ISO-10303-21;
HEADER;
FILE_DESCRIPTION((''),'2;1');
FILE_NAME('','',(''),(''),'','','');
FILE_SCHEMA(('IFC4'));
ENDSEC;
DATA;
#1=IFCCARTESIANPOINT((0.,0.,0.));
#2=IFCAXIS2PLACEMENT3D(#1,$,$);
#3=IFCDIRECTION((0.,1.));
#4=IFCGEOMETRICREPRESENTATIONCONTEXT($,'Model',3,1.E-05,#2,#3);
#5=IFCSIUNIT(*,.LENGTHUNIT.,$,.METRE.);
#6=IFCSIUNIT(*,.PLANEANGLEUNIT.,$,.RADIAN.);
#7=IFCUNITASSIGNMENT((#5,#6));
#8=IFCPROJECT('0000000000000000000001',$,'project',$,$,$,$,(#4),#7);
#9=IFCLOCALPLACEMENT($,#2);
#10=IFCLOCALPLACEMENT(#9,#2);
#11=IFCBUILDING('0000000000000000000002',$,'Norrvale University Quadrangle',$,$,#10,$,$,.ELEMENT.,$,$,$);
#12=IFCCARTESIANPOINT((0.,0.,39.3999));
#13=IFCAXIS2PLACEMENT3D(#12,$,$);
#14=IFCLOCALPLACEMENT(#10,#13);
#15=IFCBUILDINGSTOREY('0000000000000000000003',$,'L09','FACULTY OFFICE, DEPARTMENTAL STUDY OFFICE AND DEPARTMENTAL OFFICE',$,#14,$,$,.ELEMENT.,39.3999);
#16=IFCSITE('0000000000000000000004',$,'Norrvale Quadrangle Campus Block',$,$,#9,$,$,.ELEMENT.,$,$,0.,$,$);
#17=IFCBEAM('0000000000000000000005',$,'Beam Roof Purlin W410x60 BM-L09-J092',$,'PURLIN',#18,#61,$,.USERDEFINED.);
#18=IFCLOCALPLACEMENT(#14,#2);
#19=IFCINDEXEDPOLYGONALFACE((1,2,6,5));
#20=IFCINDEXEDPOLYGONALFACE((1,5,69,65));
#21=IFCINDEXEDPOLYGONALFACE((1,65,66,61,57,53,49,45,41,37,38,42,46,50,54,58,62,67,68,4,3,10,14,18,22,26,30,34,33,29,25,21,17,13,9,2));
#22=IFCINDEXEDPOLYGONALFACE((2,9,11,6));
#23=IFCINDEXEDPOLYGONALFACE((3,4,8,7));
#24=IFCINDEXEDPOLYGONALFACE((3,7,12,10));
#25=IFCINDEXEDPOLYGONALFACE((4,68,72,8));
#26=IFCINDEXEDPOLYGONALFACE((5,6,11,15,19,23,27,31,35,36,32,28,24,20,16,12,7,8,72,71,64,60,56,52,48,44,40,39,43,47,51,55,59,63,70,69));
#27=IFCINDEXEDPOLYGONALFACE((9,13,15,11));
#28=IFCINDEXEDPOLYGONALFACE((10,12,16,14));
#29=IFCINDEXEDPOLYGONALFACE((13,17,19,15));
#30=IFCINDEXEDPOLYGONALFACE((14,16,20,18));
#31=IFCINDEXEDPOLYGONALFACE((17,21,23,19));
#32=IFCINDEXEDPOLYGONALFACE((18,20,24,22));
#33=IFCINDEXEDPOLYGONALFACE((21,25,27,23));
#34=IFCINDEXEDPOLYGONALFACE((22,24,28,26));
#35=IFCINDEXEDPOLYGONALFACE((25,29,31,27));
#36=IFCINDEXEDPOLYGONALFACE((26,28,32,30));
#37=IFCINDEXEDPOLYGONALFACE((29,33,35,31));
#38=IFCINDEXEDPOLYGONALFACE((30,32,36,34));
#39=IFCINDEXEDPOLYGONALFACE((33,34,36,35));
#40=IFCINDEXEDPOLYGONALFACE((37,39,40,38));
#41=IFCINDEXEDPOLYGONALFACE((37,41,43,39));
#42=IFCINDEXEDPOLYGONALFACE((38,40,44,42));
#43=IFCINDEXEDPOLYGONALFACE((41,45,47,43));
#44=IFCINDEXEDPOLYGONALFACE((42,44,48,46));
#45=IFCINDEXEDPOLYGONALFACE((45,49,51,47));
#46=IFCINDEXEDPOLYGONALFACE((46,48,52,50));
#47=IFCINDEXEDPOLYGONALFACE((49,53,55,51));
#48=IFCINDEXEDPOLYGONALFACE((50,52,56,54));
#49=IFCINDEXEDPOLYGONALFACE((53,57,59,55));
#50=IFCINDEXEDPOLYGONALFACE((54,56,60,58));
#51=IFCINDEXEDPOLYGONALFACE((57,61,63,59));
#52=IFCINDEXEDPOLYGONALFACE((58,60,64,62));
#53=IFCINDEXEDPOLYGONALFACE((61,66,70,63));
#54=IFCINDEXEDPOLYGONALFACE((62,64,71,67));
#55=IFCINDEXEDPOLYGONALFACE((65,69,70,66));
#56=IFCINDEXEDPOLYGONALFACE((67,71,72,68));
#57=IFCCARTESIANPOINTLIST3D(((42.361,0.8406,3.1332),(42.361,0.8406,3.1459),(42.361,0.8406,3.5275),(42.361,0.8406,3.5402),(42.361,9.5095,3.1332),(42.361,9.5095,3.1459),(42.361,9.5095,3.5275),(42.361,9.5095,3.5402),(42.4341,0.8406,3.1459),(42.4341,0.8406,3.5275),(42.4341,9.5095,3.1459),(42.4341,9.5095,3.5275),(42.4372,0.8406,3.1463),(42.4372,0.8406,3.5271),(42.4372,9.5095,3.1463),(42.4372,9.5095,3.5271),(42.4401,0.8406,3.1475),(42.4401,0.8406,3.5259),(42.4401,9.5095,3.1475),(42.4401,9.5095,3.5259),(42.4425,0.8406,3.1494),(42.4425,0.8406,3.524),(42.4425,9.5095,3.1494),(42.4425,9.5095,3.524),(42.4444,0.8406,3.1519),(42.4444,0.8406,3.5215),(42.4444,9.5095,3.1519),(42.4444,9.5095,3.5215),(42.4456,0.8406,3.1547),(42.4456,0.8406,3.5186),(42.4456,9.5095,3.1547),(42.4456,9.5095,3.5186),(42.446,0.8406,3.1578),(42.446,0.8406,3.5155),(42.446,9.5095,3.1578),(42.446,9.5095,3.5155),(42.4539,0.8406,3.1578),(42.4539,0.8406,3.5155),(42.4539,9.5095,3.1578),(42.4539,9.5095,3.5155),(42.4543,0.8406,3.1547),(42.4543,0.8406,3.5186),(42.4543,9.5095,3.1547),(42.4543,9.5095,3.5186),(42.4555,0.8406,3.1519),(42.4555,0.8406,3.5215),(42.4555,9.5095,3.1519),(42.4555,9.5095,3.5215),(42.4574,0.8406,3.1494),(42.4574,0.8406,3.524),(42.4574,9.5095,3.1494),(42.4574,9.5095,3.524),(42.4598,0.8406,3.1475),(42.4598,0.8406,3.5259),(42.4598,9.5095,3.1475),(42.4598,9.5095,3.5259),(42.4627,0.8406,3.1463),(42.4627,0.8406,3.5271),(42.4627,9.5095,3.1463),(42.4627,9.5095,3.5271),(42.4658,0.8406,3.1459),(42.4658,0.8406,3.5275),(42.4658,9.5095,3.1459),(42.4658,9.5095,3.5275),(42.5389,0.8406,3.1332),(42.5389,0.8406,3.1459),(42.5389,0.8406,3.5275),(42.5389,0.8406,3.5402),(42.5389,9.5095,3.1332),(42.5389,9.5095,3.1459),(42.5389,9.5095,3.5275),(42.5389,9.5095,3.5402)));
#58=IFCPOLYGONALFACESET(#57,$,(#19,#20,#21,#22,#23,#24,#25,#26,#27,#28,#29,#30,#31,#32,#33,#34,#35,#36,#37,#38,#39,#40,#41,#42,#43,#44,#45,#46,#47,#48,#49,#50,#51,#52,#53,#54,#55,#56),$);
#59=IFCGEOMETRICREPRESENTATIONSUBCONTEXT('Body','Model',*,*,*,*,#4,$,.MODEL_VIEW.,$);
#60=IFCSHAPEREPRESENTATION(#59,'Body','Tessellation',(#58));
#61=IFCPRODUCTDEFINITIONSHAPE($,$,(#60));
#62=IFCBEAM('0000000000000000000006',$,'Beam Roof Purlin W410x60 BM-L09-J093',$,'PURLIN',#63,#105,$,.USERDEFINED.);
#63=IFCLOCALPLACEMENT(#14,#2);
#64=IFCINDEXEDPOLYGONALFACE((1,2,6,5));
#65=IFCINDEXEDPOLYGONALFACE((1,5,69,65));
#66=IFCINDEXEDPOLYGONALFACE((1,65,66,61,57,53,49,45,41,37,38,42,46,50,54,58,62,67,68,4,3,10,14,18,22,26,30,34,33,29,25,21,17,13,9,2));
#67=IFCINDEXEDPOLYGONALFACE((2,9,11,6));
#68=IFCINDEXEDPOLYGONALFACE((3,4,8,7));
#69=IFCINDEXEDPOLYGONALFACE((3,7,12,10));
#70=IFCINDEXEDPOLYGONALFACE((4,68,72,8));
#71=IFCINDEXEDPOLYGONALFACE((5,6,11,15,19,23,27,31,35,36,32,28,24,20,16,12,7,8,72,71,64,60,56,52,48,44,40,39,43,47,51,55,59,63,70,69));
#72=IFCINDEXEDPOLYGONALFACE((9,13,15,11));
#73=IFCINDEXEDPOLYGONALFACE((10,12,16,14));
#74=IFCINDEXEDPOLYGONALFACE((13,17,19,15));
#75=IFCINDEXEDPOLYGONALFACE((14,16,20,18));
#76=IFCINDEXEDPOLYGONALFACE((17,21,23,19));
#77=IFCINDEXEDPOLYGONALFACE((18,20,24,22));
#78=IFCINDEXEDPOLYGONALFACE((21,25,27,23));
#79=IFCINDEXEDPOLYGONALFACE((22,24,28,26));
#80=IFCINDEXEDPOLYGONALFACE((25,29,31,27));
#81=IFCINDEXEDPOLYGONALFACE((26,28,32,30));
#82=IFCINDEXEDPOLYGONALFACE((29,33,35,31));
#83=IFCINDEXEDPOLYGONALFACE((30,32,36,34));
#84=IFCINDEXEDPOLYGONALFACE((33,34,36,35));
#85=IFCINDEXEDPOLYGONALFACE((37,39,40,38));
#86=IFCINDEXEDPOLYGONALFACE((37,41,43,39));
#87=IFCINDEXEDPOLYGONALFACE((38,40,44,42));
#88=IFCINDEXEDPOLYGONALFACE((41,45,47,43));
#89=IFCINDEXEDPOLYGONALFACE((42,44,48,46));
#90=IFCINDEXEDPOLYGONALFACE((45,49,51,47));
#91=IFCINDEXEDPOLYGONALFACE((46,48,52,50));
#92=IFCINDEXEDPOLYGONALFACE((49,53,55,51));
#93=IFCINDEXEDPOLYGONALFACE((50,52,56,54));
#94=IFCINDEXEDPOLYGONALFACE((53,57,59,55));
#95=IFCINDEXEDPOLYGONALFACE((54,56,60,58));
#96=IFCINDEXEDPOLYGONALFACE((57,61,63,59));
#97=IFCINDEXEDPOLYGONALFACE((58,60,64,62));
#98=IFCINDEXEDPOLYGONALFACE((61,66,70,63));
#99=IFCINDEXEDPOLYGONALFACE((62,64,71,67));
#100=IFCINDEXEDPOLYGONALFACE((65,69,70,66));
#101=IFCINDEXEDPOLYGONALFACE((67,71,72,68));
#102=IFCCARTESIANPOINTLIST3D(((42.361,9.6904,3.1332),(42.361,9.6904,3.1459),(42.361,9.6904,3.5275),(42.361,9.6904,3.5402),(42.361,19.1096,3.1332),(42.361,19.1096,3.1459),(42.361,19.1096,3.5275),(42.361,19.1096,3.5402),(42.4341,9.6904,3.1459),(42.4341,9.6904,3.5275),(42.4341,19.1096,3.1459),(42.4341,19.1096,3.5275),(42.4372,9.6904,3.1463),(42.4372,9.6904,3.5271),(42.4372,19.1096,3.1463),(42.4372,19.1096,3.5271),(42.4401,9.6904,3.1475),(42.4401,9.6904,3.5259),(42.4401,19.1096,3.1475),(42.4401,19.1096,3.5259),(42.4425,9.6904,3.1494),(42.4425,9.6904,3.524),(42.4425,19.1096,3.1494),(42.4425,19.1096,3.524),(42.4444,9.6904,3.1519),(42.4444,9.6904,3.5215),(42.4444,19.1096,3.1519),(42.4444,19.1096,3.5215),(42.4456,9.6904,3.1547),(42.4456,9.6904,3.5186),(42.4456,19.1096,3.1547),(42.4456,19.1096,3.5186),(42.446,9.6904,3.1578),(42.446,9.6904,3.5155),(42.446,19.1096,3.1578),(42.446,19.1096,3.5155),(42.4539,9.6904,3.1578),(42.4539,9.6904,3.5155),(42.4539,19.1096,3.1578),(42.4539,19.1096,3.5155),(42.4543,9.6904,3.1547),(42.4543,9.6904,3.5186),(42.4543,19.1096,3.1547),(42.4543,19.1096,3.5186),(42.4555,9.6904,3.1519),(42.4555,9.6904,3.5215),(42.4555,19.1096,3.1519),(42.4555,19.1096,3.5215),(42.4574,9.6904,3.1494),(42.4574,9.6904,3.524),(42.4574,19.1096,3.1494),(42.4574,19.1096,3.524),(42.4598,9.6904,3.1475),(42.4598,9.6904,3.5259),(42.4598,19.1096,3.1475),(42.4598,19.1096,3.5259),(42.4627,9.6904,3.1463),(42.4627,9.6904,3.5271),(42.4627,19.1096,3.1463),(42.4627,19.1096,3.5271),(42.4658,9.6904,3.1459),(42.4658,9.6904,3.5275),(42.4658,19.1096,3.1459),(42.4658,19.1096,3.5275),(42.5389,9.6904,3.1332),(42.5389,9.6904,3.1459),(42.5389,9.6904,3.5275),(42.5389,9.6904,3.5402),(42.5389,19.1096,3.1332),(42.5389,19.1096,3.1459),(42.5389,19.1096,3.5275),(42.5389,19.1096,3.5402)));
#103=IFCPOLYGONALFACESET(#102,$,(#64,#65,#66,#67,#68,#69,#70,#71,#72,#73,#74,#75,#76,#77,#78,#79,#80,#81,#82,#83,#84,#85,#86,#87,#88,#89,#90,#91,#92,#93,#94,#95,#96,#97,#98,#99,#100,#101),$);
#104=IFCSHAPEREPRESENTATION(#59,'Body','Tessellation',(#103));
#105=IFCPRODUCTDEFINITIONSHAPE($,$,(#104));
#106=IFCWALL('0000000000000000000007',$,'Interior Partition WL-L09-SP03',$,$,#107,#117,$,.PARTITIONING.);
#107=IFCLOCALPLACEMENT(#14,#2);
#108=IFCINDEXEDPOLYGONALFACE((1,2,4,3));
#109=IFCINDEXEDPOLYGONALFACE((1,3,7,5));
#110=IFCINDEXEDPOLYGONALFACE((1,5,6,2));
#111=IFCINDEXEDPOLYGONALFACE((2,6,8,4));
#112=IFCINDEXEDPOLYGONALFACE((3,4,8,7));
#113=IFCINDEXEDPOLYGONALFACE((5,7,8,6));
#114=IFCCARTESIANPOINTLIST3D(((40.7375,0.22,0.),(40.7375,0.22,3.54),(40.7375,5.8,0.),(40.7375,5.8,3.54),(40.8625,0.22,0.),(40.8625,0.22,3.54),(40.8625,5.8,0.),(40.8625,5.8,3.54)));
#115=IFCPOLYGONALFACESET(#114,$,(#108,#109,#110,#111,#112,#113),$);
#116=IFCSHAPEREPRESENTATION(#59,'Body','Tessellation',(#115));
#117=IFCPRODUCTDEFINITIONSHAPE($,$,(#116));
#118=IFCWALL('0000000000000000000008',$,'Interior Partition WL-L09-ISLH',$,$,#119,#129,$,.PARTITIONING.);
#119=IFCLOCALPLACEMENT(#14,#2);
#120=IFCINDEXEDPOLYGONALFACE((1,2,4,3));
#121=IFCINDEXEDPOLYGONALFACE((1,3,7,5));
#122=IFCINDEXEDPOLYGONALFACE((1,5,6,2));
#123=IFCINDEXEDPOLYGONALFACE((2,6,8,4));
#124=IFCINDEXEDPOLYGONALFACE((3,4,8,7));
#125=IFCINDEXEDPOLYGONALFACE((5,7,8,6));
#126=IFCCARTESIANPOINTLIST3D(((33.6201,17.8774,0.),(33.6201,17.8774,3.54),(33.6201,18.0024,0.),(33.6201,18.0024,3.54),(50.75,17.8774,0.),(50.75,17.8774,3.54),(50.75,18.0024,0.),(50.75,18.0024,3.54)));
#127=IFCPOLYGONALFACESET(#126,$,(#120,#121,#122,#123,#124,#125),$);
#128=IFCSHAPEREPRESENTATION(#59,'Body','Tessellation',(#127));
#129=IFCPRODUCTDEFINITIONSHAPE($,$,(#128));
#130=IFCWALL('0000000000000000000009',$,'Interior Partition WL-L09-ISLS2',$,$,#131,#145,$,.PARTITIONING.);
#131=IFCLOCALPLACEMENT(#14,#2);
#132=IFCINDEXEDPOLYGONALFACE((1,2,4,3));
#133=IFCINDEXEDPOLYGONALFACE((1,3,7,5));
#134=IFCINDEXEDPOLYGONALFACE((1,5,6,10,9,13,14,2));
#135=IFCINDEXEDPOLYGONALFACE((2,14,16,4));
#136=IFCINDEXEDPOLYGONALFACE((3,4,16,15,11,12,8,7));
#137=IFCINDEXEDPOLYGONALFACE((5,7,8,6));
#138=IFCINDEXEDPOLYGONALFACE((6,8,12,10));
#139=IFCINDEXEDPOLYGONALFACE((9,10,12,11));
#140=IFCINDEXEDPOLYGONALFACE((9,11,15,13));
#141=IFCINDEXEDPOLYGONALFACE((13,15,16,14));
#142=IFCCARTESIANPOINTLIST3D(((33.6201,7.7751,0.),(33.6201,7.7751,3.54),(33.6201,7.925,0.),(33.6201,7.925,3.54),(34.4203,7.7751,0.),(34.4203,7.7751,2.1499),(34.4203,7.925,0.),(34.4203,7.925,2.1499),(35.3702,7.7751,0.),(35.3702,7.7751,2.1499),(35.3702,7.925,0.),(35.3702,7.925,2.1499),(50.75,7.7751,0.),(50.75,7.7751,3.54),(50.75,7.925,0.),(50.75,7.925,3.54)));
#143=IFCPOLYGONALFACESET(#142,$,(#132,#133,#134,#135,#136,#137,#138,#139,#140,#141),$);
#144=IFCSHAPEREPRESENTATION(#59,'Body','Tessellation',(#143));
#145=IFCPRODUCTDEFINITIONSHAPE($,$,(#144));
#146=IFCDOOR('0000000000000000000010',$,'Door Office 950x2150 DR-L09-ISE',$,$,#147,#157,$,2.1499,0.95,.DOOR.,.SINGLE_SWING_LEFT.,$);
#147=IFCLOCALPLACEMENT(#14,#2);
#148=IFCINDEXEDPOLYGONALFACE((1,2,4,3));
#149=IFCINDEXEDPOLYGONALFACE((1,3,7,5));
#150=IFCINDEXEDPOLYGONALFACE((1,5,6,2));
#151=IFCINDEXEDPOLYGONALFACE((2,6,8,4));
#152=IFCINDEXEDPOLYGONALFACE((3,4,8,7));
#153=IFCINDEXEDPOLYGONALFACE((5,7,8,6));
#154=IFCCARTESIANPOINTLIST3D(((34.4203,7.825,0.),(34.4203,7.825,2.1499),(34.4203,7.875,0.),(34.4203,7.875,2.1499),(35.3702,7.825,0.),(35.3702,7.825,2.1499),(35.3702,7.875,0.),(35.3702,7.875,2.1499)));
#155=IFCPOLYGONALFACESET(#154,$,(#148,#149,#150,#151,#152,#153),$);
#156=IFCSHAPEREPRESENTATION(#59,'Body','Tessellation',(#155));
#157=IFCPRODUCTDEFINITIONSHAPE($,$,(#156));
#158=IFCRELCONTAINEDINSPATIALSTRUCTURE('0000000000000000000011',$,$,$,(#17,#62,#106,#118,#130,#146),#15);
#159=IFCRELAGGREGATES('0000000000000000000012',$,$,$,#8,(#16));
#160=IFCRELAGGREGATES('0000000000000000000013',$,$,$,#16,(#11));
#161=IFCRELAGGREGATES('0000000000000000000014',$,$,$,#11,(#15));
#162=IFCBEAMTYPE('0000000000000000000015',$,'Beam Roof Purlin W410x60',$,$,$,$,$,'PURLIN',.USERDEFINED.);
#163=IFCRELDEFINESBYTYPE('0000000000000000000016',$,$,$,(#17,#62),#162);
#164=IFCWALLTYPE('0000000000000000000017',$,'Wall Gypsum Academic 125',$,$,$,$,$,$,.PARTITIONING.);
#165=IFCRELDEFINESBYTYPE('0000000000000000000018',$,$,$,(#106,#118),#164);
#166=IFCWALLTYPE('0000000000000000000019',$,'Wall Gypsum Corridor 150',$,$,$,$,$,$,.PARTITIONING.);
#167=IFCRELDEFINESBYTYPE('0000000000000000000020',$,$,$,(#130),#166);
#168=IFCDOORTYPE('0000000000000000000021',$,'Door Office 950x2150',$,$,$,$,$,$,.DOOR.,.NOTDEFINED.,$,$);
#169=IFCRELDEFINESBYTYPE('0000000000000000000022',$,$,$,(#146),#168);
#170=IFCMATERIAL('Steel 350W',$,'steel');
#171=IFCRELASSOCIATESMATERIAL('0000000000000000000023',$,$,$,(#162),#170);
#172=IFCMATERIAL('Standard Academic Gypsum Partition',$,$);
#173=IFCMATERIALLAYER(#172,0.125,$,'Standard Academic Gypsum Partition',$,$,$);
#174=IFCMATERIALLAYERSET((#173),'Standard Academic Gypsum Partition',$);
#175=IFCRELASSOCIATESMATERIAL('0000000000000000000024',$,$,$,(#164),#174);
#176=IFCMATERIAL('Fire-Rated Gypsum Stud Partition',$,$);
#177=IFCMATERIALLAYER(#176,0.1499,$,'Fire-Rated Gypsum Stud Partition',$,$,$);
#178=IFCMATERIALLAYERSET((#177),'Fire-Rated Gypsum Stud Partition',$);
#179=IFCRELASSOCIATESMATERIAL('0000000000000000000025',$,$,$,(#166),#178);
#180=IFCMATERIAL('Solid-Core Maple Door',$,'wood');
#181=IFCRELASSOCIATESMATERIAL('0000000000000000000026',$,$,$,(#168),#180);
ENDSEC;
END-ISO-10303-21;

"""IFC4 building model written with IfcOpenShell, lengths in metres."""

from ifc_helpers import new_model, si_unit, direction, frame, frame_2d, origin, origin_2d, place, context, subcontext, project, spatial, rectangle, i_section, extrude, material, layer, layer_set, material_profile, profile_set, type_object, element, fill, save


model = new_model("IFC4")

# Units and contexts
model_context = context("Model", 3, precision=1e-05, world=origin(), true_north=direction((0.0, 1.0)))
body_context = subcontext(model_context, "Body", "Model", "MODEL_VIEW")
ifc_project = project(units=[si_unit("LENGTHUNIT", "METRE"), si_unit("PLANEANGLEUNIT", "RADIAN")], contexts=[model_context])

# Site, building, storey
site_placement = place(None, origin())
site = spatial("IfcSite", under=ifc_project, at=site_placement, Name="Norrvale Quadrangle Campus Block", CompositionType="ELEMENT", RefElevation=0.0)
building_placement = place(site_placement, origin())
building = spatial("IfcBuilding", under=site, at=building_placement, Name="Norrvale University Quadrangle", CompositionType="ELEMENT")
storey_placement = place(building_placement, frame((0.0, 0.0, 39.3999)))
storey = spatial("IfcBuildingStorey", under=building, at=storey_placement, Name="L09", Description="FACULTY OFFICE, DEPARTMENTAL STUDY OFFICE AND DEPARTMENTAL OFFICE", CompositionType="ELEMENT", Elevation=39.3999)

# Beams
ifc_material_1 = material(Name="Steel 350W", Category="steel")
ifc_material_profile_1 = material_profile(ifc_material_1, i_section(OverallWidth=0.178, OverallDepth=0.407, WebThickness=0.0078, FlangeThickness=0.0127, FilletRadius=0.012, at=origin_2d()), Name="Steel 350W")
ifc_profile_set_1 = profile_set([ifc_material_profile_1], Name="Steel 350W")
beam_type_1 = type_object("IfcBeamType", Name="Beam Roof Purlin W410x60", ElementType="PURLIN", PredefinedType="USERDEFINED", material=ifc_profile_set_1)
beam_1_placement = place(storey_placement, frame((42.45, 0.8406, 3.3367), z_axis=(0.0, 1.0, 0.0), x_axis=(-1.0, 0.0, 0.0)))
element("IfcBeam", 1, at=beam_1_placement, inside=storey, type_object=beam_type_1, Name="Beam Roof Purlin W410x60 BM-L09-J092", ObjectType="PURLIN", PredefinedType="USERDEFINED", context=body_context, shape_type="SweptSolid", body=[
    extrude(i_section(OverallWidth=0.178, OverallDepth=0.407, WebThickness=0.0078, FlangeThickness=0.0127, FilletRadius=0.012, at=origin_2d()), origin(), (0.0, 0.0, 1.0), 8.6689),
])
beam_2_placement = place(storey_placement, frame((42.45, 9.6904, 3.3367), z_axis=(0.0, 1.0, 0.0), x_axis=(-1.0, 0.0, 0.0)))
element("IfcBeam", 2, at=beam_2_placement, inside=storey, type_object=beam_type_1, Name="Beam Roof Purlin W410x60 BM-L09-J093", ObjectType="PURLIN", PredefinedType="USERDEFINED", context=body_context, shape_type="SweptSolid", body=[
    extrude(i_section(OverallWidth=0.178, OverallDepth=0.407, WebThickness=0.0078, FlangeThickness=0.0127, FilletRadius=0.012, at=origin_2d()), origin(), (0.0, 0.0, 1.0), 9.4192),
])

# Walls
ifc_material_2 = material(Name="Standard Academic Gypsum Partition")
ifc_layer_1 = layer(ifc_material_2, 0.125, Name="Standard Academic Gypsum Partition")
ifc_layer_set_1 = layer_set([ifc_layer_1], Name="Standard Academic Gypsum Partition")
wall_type_1 = type_object("IfcWallType", Name="Wall Gypsum Academic 125", PredefinedType="PARTITIONING", material=ifc_layer_set_1)
wall_1_placement = place(storey_placement, frame((40.8, 0.22, 0.0), z_axis=(0.0, 0.0, 1.0), x_axis=(0.0, 1.0, 0.0)))
element("IfcWall", 3, at=wall_1_placement, inside=storey, type_object=wall_type_1, Name="Interior Partition WL-L09-SP03", PredefinedType="PARTITIONING", context=body_context, shape_type="SweptSolid", body=[
    extrude(rectangle(XDim=5.5801, YDim=0.125, at=frame_2d((2.79, 0.0))), origin(), (0.0, 0.0, 1.0), 3.54),
])
wall_2_placement = place(storey_placement, frame((33.6201, 17.9399, 0.0), z_axis=(0.0, 0.0, 1.0), x_axis=(1.0, 0.0, 0.0)))
element("IfcWall", 4, at=wall_2_placement, inside=storey, type_object=wall_type_1, Name="Interior Partition WL-L09-ISLH", PredefinedType="PARTITIONING", context=body_context, shape_type="SweptSolid", body=[
    extrude(rectangle(XDim=17.1299, YDim=0.125, at=frame_2d((8.5649, 0.0))), origin(), (0.0, 0.0, 1.0), 3.54),
])

# Wall, opening, door
ifc_material_3 = material(Name="Fire-Rated Gypsum Stud Partition")
ifc_layer_2 = layer(ifc_material_3, 0.1499, Name="Fire-Rated Gypsum Stud Partition")
ifc_layer_set_2 = layer_set([ifc_layer_2], Name="Fire-Rated Gypsum Stud Partition")
wall_type_2 = type_object("IfcWallType", Name="Wall Gypsum Corridor 150", PredefinedType="PARTITIONING", material=ifc_layer_set_2)
wall_3_placement = place(storey_placement, frame((33.6201, 7.8501, 0.0), z_axis=(0.0, 0.0, 1.0), x_axis=(1.0, 0.0, 0.0)))
wall_3 = element("IfcWall", 5, at=wall_3_placement, inside=storey, type_object=wall_type_2, Name="Interior Partition WL-L09-ISLS2", PredefinedType="PARTITIONING", context=body_context, shape_type="SweptSolid", body=[
    extrude(rectangle(XDim=17.1299, YDim=0.1499, at=frame_2d((8.5649, 0.0))), origin(), (0.0, 0.0, 1.0), 3.54),
])
opening_placement = place(wall_3_placement, frame((0.8, 0.0, 0.0)))
opening = element("IfcOpeningElement", 6, at=opening_placement, cuts=wall_3, PredefinedType="OPENING", context=body_context, shape_type="SweptSolid", body=[
    extrude(rectangle(XDim=0.95, YDim=2.1499, at=frame_2d((0.4751, 1.075))), frame((0.0, 0.0869, 0.0), z_axis=(0.0, -1.0, 0.0), x_axis=(1.0, 0.0, 0.0)), (0.0, 0.0, 1.0), 0.1738),
])
ifc_material_4 = material(Name="Solid-Core Maple Door", Category="wood")
door_type = type_object("IfcDoorType", Name="Door Office 950x2150", OperationType="NOTDEFINED", PredefinedType="DOOR", material=ifc_material_4)
door_placement = place(opening_placement, origin())
door = element("IfcDoor", 7, at=door_placement, inside=storey, type_object=door_type, Name="Door Office 950x2150 DR-L09-ISE", OperationType="SINGLE_SWING_LEFT", OverallHeight=2.1499, OverallWidth=0.95, PredefinedType="DOOR", context=body_context, shape_type="SweptSolid", body=[
    extrude(rectangle(XDim=0.95, YDim=2.1499, at=frame_2d((0.4751, 1.075))), frame((0.0, 0.0249, 0.0), z_axis=(0.0, -1.0, 0.0), x_axis=(1.0, 0.0, 0.0)), (0.0, 0.0, 1.0), 0.05),
])
fill(opening, door)

save(model, "model.ifc")
